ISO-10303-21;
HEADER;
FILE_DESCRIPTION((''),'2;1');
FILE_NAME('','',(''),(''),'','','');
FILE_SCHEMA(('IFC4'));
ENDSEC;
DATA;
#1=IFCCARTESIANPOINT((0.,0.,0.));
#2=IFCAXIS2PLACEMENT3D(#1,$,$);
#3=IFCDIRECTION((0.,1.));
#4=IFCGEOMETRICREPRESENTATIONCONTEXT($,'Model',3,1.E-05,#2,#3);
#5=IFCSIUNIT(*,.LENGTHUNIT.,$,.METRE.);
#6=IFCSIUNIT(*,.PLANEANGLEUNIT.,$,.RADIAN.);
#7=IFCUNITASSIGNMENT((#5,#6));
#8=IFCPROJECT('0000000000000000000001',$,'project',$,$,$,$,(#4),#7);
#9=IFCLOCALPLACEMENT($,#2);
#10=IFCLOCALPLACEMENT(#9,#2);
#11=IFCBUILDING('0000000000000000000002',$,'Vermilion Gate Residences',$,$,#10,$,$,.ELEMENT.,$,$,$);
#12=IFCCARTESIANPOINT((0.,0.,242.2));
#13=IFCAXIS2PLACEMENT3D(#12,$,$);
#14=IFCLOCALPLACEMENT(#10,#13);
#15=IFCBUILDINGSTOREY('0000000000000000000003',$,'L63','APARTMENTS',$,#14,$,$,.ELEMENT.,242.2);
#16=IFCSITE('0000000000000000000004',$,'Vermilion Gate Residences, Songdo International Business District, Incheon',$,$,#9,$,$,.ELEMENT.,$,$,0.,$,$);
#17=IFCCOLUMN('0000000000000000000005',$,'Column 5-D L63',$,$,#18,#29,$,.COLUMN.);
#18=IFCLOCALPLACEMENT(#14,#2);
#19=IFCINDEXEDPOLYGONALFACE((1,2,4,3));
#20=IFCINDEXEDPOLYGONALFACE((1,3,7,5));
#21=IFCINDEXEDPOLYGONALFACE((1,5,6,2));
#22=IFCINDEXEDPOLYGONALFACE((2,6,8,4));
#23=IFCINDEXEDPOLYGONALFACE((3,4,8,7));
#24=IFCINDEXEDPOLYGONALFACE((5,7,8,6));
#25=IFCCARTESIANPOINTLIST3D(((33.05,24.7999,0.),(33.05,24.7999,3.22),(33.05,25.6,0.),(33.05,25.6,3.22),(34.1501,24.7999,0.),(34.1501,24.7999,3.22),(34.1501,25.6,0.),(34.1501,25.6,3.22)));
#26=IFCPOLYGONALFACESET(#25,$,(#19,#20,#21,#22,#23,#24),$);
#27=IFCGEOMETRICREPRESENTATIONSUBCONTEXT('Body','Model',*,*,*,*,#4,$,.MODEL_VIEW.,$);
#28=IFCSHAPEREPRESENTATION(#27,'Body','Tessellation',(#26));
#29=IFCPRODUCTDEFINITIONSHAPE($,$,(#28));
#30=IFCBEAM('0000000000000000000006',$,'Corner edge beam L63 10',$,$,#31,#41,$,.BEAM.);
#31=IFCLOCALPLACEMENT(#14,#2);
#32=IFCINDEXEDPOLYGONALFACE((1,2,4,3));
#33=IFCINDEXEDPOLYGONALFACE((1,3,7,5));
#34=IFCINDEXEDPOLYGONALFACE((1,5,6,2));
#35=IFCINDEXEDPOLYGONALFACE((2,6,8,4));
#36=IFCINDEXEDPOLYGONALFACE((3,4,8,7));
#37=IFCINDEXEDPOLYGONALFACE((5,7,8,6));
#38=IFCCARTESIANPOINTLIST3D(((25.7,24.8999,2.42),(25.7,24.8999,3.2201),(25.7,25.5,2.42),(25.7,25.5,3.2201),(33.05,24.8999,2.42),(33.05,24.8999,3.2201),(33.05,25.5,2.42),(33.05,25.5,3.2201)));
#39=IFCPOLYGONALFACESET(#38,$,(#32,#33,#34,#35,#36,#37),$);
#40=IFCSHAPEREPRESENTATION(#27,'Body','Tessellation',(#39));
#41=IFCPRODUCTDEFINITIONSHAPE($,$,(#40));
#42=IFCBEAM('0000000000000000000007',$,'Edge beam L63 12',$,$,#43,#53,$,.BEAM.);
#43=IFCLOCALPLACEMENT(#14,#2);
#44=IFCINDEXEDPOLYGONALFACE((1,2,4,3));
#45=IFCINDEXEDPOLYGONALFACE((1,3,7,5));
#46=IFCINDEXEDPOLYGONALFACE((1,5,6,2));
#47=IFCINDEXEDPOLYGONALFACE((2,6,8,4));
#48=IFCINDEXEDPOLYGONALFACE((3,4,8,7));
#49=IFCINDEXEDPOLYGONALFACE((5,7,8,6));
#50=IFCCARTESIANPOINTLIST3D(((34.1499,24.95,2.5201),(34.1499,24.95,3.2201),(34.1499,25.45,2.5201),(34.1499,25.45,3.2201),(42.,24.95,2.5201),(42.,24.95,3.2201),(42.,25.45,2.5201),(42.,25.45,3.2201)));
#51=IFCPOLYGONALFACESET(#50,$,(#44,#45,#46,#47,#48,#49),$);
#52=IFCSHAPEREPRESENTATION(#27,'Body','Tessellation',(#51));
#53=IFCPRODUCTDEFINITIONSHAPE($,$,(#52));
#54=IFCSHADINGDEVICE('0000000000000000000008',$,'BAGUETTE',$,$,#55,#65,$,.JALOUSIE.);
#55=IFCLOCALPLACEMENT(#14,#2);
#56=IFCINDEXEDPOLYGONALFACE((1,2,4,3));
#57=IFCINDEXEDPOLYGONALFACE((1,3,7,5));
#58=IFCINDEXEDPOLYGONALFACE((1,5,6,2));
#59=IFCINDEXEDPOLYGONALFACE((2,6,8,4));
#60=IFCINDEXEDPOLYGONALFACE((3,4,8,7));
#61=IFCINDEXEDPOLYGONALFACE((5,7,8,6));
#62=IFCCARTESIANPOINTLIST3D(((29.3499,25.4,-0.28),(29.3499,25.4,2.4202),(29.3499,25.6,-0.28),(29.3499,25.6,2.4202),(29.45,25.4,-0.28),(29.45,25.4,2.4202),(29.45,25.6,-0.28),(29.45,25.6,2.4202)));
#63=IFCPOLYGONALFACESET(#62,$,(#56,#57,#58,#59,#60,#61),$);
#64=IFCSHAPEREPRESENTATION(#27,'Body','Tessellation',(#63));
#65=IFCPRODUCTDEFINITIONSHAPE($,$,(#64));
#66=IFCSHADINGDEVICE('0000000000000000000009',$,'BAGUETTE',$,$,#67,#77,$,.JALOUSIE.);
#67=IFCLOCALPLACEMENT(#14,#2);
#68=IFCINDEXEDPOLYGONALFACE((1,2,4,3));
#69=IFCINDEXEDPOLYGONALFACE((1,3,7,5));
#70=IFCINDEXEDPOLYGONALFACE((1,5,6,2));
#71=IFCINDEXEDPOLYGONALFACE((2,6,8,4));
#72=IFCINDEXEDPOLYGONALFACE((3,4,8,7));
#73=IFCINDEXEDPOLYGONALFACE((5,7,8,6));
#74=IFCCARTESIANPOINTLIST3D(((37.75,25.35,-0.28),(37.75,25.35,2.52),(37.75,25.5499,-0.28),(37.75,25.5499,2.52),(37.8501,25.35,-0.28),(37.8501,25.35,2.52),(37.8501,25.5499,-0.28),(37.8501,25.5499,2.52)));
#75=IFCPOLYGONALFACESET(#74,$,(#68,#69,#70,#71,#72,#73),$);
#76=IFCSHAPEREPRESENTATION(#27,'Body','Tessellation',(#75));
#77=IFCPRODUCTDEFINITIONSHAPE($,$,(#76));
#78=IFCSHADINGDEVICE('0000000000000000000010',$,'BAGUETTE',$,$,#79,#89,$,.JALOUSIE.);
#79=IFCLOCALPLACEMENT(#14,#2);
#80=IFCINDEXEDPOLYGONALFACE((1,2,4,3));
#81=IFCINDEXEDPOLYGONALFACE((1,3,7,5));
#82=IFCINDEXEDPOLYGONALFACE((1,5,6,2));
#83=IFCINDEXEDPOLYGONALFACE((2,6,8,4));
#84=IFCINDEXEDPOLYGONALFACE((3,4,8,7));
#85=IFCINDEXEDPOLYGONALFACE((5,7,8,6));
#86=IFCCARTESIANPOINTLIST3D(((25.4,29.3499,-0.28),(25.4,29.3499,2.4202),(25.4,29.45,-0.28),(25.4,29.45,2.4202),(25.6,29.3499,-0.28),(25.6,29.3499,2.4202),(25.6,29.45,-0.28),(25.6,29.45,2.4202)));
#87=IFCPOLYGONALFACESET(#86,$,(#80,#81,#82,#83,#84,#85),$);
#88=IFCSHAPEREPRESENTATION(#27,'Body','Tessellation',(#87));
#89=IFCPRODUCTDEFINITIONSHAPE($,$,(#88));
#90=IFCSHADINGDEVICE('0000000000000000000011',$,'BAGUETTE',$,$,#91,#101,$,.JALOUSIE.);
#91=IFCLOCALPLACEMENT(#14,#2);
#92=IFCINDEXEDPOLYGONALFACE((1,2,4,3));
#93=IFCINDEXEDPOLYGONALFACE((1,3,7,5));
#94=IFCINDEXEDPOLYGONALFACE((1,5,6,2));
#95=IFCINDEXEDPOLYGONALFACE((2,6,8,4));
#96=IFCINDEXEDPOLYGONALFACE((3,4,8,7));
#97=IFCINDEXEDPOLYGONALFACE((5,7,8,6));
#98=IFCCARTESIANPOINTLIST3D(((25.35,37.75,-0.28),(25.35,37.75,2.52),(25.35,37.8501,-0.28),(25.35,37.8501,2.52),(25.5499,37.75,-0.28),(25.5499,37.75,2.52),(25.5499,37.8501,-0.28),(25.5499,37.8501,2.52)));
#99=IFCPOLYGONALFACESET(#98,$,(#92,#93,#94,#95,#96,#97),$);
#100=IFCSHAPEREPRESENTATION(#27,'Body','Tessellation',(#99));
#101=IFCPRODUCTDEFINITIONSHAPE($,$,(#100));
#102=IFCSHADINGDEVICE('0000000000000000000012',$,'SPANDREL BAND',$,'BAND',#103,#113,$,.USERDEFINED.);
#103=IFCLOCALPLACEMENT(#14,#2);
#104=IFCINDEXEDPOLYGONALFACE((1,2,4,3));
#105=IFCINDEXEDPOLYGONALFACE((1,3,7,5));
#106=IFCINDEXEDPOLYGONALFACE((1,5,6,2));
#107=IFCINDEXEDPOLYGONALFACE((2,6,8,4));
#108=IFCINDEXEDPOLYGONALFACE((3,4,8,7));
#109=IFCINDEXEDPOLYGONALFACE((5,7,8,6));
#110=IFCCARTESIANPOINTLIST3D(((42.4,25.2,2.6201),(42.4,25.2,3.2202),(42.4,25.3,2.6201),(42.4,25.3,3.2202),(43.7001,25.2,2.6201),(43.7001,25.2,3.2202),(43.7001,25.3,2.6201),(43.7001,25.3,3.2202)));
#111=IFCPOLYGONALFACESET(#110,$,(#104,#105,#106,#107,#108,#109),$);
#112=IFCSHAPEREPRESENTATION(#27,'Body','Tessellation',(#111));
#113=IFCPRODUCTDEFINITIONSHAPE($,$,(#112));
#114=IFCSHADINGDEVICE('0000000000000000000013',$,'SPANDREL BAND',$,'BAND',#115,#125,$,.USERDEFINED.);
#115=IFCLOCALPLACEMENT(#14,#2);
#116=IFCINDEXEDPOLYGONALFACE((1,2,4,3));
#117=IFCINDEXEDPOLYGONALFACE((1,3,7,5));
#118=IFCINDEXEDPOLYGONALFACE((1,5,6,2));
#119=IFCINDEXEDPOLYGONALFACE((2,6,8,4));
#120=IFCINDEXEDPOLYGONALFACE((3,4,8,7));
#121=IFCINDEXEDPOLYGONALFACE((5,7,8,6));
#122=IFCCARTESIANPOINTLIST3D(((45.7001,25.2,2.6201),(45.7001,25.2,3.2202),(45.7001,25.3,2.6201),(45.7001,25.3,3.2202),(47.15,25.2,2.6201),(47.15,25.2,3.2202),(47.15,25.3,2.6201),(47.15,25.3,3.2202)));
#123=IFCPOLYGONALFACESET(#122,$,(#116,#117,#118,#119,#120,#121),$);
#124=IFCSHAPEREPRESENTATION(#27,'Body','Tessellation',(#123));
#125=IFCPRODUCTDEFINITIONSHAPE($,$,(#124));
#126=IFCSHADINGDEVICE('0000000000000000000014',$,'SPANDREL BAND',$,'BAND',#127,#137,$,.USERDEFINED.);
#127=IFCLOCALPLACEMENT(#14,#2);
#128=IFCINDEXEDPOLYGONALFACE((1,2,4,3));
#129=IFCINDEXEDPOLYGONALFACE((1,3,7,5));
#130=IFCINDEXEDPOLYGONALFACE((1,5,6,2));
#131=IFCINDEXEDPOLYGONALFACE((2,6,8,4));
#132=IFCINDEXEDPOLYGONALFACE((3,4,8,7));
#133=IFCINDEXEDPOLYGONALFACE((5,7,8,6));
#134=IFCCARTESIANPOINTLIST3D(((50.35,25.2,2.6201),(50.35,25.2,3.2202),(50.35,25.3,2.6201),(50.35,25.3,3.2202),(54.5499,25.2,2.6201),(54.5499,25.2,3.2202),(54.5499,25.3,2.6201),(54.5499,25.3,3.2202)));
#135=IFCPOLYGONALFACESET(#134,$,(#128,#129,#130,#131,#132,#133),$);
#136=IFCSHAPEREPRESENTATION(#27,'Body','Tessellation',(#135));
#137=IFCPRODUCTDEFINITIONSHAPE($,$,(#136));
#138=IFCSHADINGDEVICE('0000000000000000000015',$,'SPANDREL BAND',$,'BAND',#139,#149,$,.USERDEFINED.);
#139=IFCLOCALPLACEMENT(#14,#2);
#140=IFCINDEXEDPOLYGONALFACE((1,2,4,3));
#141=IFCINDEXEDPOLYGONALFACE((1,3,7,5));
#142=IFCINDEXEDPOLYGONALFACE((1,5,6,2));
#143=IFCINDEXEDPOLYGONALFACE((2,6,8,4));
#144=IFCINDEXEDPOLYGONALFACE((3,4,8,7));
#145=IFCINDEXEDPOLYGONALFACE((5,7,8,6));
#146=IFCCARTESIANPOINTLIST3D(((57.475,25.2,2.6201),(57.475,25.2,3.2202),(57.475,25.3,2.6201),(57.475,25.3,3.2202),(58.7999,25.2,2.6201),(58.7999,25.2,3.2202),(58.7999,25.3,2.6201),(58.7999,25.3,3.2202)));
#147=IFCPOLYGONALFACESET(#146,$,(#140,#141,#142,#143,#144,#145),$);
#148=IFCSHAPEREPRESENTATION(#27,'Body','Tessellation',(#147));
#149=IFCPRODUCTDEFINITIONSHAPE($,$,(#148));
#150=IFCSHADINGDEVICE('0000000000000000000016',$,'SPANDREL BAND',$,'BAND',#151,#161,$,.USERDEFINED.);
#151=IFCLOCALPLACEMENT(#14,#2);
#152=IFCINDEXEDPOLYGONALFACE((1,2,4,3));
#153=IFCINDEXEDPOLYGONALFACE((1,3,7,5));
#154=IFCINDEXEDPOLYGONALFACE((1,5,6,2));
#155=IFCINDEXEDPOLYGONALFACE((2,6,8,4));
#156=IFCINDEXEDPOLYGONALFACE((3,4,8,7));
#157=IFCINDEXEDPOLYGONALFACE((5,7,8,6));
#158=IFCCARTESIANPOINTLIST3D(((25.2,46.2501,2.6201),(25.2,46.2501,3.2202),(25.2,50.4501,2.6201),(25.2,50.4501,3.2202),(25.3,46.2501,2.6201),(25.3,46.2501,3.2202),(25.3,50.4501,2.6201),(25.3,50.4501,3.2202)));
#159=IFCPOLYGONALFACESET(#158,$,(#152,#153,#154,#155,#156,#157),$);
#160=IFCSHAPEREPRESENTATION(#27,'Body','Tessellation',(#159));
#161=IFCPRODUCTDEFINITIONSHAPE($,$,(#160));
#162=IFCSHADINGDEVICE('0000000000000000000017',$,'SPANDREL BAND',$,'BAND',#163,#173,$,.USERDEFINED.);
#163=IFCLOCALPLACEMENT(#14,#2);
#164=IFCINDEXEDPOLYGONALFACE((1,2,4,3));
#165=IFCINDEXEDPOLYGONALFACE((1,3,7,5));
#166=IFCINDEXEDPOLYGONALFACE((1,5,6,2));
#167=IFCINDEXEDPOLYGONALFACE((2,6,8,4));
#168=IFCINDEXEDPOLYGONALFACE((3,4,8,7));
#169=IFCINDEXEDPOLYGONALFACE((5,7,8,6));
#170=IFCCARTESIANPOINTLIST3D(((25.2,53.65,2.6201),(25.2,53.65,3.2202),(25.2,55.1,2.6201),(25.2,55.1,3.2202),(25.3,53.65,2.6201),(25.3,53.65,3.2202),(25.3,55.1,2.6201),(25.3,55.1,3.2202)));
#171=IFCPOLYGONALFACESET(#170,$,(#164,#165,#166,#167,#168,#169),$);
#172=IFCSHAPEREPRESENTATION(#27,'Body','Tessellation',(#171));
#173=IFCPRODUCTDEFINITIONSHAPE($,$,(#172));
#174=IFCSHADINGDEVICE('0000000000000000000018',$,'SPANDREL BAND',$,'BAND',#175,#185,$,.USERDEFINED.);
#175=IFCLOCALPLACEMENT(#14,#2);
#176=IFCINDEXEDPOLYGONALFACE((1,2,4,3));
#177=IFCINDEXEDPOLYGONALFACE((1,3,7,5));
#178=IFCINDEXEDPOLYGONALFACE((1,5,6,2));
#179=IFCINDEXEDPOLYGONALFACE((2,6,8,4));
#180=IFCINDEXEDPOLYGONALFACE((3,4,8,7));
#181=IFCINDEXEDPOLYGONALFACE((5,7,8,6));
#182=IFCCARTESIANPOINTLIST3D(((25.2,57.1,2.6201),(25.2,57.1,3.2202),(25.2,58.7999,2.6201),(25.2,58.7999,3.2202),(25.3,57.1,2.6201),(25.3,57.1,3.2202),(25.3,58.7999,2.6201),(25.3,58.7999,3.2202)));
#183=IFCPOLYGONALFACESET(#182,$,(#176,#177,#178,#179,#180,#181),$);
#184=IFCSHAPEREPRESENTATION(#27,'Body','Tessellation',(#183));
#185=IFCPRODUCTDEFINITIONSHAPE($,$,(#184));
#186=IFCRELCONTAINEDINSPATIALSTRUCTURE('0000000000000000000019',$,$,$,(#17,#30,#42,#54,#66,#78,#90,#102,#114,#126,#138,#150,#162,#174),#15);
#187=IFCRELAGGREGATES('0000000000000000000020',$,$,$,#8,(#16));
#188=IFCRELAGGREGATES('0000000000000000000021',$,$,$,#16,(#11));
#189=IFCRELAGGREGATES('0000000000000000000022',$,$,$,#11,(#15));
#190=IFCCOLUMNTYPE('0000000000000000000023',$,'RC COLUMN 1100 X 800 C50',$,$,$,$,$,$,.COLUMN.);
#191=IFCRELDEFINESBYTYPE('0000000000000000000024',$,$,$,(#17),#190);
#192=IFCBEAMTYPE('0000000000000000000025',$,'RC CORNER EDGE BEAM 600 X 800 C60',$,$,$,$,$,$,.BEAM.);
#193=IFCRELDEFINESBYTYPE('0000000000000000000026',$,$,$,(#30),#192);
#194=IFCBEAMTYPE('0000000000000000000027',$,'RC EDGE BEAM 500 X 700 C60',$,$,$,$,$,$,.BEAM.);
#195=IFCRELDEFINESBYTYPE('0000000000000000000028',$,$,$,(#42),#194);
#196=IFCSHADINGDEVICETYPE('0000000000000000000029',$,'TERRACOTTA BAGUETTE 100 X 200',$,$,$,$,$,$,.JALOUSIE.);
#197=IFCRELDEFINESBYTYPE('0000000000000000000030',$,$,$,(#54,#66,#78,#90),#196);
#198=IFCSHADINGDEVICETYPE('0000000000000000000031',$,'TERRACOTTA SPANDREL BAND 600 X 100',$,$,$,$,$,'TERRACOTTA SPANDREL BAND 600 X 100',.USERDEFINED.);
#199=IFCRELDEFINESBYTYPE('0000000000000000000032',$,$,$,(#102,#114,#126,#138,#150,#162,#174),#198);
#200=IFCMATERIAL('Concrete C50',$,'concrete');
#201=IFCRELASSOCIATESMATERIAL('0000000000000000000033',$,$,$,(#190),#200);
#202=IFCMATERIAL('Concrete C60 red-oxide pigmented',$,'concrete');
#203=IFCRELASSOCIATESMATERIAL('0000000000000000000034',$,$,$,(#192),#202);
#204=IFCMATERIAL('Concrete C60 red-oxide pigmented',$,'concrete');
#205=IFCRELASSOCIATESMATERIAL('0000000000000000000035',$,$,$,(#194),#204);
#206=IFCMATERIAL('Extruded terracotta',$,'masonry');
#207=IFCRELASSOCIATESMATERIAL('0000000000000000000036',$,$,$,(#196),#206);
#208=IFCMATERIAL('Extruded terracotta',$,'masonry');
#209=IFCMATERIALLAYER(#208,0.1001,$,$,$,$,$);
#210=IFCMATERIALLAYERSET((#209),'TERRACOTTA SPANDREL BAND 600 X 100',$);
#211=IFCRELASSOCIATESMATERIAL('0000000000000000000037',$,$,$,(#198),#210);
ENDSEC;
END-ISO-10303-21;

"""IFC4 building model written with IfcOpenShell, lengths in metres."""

from ifc_helpers import new_model, si_unit, direction, frame, origin, origin_2d, place, context, subcontext, project, spatial, rectangle, extrude, material, layer, layer_set, material_profile, profile_set, type_object, element, save


model = new_model("IFC4")

# Units and contexts
model_context = context("Model", 3, precision=1e-05, world=origin(), true_north=direction((0.0, 1.0)))
body_context = subcontext(model_context, "Body", "Model", "MODEL_VIEW")
ifc_project = project(units=[si_unit("LENGTHUNIT", "METRE"), si_unit("PLANEANGLEUNIT", "RADIAN")], contexts=[model_context])

# Site, building, storey
site_placement = place(None, origin())
site = spatial("IfcSite", under=ifc_project, at=site_placement, Name="Vermilion Gate Residences, Songdo International Business District, Incheon", CompositionType="ELEMENT", RefElevation=0.0)
building_placement = place(site_placement, origin())
building = spatial("IfcBuilding", under=site, at=building_placement, Name="Vermilion Gate Residences", CompositionType="ELEMENT")
storey_placement = place(building_placement, frame((0.0, 0.0, 242.2)))
storey = spatial("IfcBuildingStorey", under=building, at=storey_placement, Name="L63", Description="APARTMENTS", CompositionType="ELEMENT", Elevation=242.2)

# Column
ifc_material_1 = material(Name="Concrete C50", Category="concrete")
ifc_material_profile_1 = material_profile(ifc_material_1, rectangle(XDim=1.1001, YDim=0.8, at=origin_2d()), Name="RC-1100x800")
ifc_profile_set_1 = profile_set([ifc_material_profile_1], Name="Concrete C50")
column_type = type_object("IfcColumnType", Name="RC COLUMN 1100 X 800 C50", PredefinedType="COLUMN", material=ifc_profile_set_1)
column_placement = place(storey_placement, frame((33.6001, 25.2, 0.0), z_axis=(0.0, 0.0, 1.0), x_axis=(1.0, 0.0, 0.0)))
element("IfcColumn", 1, at=column_placement, inside=storey, type_object=column_type, Name="Column 5-D L63", PredefinedType="COLUMN", context=body_context, shape_type="SweptSolid", body=[
    extrude(rectangle(XDim=1.1001, YDim=0.8, at=origin_2d()), origin(), (0.0, 0.0, 1.0), 3.22),
])

# Beams
ifc_material_2 = material(Name="Concrete C60 red-oxide pigmented", Category="concrete")
ifc_material_profile_2 = material_profile(ifc_material_2, rectangle(XDim=0.6001, YDim=0.8, at=origin_2d()), Name="RC-600x800")
ifc_profile_set_2 = profile_set([ifc_material_profile_2], Name="Concrete C60 red-oxide pigmented")
beam_type_1 = type_object("IfcBeamType", Name="RC CORNER EDGE BEAM 600 X 800 C60", PredefinedType="BEAM", material=ifc_profile_set_2)
beam_1_placement = place(storey_placement, frame((25.7, 25.2, 2.8201), z_axis=(1.0, 0.0, 0.0), x_axis=(0.0, 1.0, 0.0)))
element("IfcBeam", 2, at=beam_1_placement, inside=storey, type_object=beam_type_1, Name="Corner edge beam L63 10", PredefinedType="BEAM", context=body_context, shape_type="SweptSolid", body=[
    extrude(rectangle(XDim=0.6001, YDim=0.8, at=origin_2d()), origin(), (0.0, 0.0, 1.0), 7.3501),
])
ifc_material_3 = material(Name="Concrete C60 red-oxide pigmented", Category="concrete")
ifc_material_profile_3 = material_profile(ifc_material_3, rectangle(XDim=0.5, YDim=0.7, at=origin_2d()), Name="RC-500x700")
ifc_profile_set_3 = profile_set([ifc_material_profile_3], Name="Concrete C60 red-oxide pigmented")
beam_type_2 = type_object("IfcBeamType", Name="RC EDGE BEAM 500 X 700 C60", PredefinedType="BEAM", material=ifc_profile_set_3)
beam_2_placement = place(storey_placement, frame((34.1499, 25.2, 2.8701), z_axis=(1.0, 0.0, 0.0), x_axis=(0.0, 1.0, 0.0)))
element("IfcBeam", 3, at=beam_2_placement, inside=storey, type_object=beam_type_2, Name="Edge beam L63 12", PredefinedType="BEAM", context=body_context, shape_type="SweptSolid", body=[
    extrude(rectangle(XDim=0.5, YDim=0.7, at=origin_2d()), origin(), (0.0, 0.0, 1.0), 7.8501),
])

# Shading devices
ifc_material_4 = material(Name="Extruded terracotta", Category="masonry")
ifc_material_profile_4 = material_profile(ifc_material_4, rectangle(XDim=0.2, YDim=0.1001, at=origin_2d()), Name="BAGUETTE 100 X 200")
ifc_profile_set_4 = profile_set([ifc_material_profile_4], Name="Extruded terracotta")
shading_device_type_1 = type_object("IfcShadingDeviceType", Name="TERRACOTTA BAGUETTE 100 X 200", PredefinedType="JALOUSIE", material=ifc_profile_set_4)
shading_device_1_placement = place(storey_placement, frame((29.3999, 25.5, -0.28), z_axis=(0.0, 0.0, 1.0), x_axis=(0.0, -1.0, 0.0)))
element("IfcShadingDevice", 4, at=shading_device_1_placement, inside=storey, type_object=shading_device_type_1, Name="BAGUETTE", PredefinedType="JALOUSIE", context=body_context, shape_type="SweptSolid", body=[
    extrude(rectangle(XDim=0.2, YDim=0.1001, at=origin_2d()), origin(), (0.0, 0.0, 1.0), 2.7002),
])
shading_device_2_placement = place(storey_placement, frame((37.8, 25.45, -0.28), z_axis=(0.0, 0.0, 1.0), x_axis=(0.0, -1.0, 0.0)))
element("IfcShadingDevice", 5, at=shading_device_2_placement, inside=storey, type_object=shading_device_type_1, Name="BAGUETTE", PredefinedType="JALOUSIE", context=body_context, shape_type="SweptSolid", body=[
    extrude(rectangle(XDim=0.2, YDim=0.1001, at=origin_2d()), origin(), (0.0, 0.0, 1.0), 2.8),
])
shading_device_3_placement = place(storey_placement, frame((25.5, 29.3999, -0.28), z_axis=(0.0, 0.0, 1.0), x_axis=(-1.0, 0.0, 0.0)))
element("IfcShadingDevice", 6, at=shading_device_3_placement, inside=storey, type_object=shading_device_type_1, Name="BAGUETTE", PredefinedType="JALOUSIE", context=body_context, shape_type="SweptSolid", body=[
    extrude(rectangle(XDim=0.2, YDim=0.1001, at=origin_2d()), origin(), (0.0, 0.0, 1.0), 2.7002),
])
shading_device_4_placement = place(storey_placement, frame((25.45, 37.8, -0.28), z_axis=(0.0, 0.0, 1.0), x_axis=(-1.0, 0.0, 0.0)))
element("IfcShadingDevice", 7, at=shading_device_4_placement, inside=storey, type_object=shading_device_type_1, Name="BAGUETTE", PredefinedType="JALOUSIE", context=body_context, shape_type="SweptSolid", body=[
    extrude(rectangle(XDim=0.2, YDim=0.1001, at=origin_2d()), origin(), (0.0, 0.0, 1.0), 2.8),
])
ifc_material_5 = material(Name="Extruded terracotta", Category="masonry")
ifc_layer = layer(ifc_material_5, 0.1001)
ifc_layer_set = layer_set([ifc_layer], Name="TERRACOTTA SPANDREL BAND 600 X 100")
shading_device_type_2 = type_object("IfcShadingDeviceType", Name="TERRACOTTA SPANDREL BAND 600 X 100", ElementType="TERRACOTTA SPANDREL BAND 600 X 100", PredefinedType="USERDEFINED", material=ifc_layer_set)
shading_device_5_placement = place(storey_placement, frame((43.05, 25.25, 2.6201), z_axis=(0.0, 0.0, 1.0), x_axis=(1.0, 0.0, 0.0)))
element("IfcShadingDevice", 8, at=shading_device_5_placement, inside=storey, type_object=shading_device_type_2, Name="SPANDREL BAND", ObjectType="BAND", PredefinedType="USERDEFINED", context=body_context, shape_type="SweptSolid", body=[
    extrude(rectangle(XDim=1.3, YDim=0.1001, at=origin_2d()), origin(), (0.0, 0.0, 1.0), 0.6001),
])
shading_device_6_placement = place(storey_placement, frame((46.425, 25.25, 2.6201), z_axis=(0.0, 0.0, 1.0), x_axis=(1.0, 0.0, 0.0)))
element("IfcShadingDevice", 9, at=shading_device_6_placement, inside=storey, type_object=shading_device_type_2, Name="SPANDREL BAND", ObjectType="BAND", PredefinedType="USERDEFINED", context=body_context, shape_type="SweptSolid", body=[
    extrude(rectangle(XDim=1.45, YDim=0.1001, at=origin_2d()), origin(), (0.0, 0.0, 1.0), 0.6001),
])
shading_device_7_placement = place(storey_placement, frame((52.45, 25.25, 2.6201), z_axis=(0.0, 0.0, 1.0), x_axis=(1.0, 0.0, 0.0)))
element("IfcShadingDevice", 10, at=shading_device_7_placement, inside=storey, type_object=shading_device_type_2, Name="SPANDREL BAND", ObjectType="BAND", PredefinedType="USERDEFINED", context=body_context, shape_type="SweptSolid", body=[
    extrude(rectangle(XDim=4.2, YDim=0.1001, at=origin_2d()), origin(), (0.0, 0.0, 1.0), 0.6001),
])
shading_device_8_placement = place(storey_placement, frame((58.1375, 25.25, 2.6201), z_axis=(0.0, 0.0, 1.0), x_axis=(1.0, 0.0, 0.0)))
element("IfcShadingDevice", 11, at=shading_device_8_placement, inside=storey, type_object=shading_device_type_2, Name="SPANDREL BAND", ObjectType="BAND", PredefinedType="USERDEFINED", context=body_context, shape_type="SweptSolid", body=[
    extrude(rectangle(XDim=1.325, YDim=0.1001, at=origin_2d()), origin(), (0.0, 0.0, 1.0), 0.6001),
])
shading_device_9_placement = place(storey_placement, frame((25.25, 48.3501, 2.6201), z_axis=(0.0, 0.0, 1.0), x_axis=(0.0, 1.0, 0.0)))
element("IfcShadingDevice", 12, at=shading_device_9_placement, inside=storey, type_object=shading_device_type_2, Name="SPANDREL BAND", ObjectType="BAND", PredefinedType="USERDEFINED", context=body_context, shape_type="SweptSolid", body=[
    extrude(rectangle(XDim=4.2, YDim=0.1001, at=origin_2d()), origin(), (0.0, 0.0, 1.0), 0.6001),
])
shading_device_10_placement = place(storey_placement, frame((25.25, 54.375, 2.6201), z_axis=(0.0, 0.0, 1.0), x_axis=(0.0, 1.0, 0.0)))
element("IfcShadingDevice", 13, at=shading_device_10_placement, inside=storey, type_object=shading_device_type_2, Name="SPANDREL BAND", ObjectType="BAND", PredefinedType="USERDEFINED", context=body_context, shape_type="SweptSolid", body=[
    extrude(rectangle(XDim=1.45, YDim=0.1001, at=origin_2d()), origin(), (0.0, 0.0, 1.0), 0.6001),
])
shading_device_11_placement = place(storey_placement, frame((25.25, 57.95, 2.6201), z_axis=(0.0, 0.0, 1.0), x_axis=(0.0, 1.0, 0.0)))
element("IfcShadingDevice", 14, at=shading_device_11_placement, inside=storey, type_object=shading_device_type_2, Name="SPANDREL BAND", ObjectType="BAND", PredefinedType="USERDEFINED", context=body_context, shape_type="SweptSolid", body=[
    extrude(rectangle(XDim=1.7, YDim=0.1001, at=origin_2d()), origin(), (0.0, 0.0, 1.0), 0.6001),
])

save(model, "model.ifc")
